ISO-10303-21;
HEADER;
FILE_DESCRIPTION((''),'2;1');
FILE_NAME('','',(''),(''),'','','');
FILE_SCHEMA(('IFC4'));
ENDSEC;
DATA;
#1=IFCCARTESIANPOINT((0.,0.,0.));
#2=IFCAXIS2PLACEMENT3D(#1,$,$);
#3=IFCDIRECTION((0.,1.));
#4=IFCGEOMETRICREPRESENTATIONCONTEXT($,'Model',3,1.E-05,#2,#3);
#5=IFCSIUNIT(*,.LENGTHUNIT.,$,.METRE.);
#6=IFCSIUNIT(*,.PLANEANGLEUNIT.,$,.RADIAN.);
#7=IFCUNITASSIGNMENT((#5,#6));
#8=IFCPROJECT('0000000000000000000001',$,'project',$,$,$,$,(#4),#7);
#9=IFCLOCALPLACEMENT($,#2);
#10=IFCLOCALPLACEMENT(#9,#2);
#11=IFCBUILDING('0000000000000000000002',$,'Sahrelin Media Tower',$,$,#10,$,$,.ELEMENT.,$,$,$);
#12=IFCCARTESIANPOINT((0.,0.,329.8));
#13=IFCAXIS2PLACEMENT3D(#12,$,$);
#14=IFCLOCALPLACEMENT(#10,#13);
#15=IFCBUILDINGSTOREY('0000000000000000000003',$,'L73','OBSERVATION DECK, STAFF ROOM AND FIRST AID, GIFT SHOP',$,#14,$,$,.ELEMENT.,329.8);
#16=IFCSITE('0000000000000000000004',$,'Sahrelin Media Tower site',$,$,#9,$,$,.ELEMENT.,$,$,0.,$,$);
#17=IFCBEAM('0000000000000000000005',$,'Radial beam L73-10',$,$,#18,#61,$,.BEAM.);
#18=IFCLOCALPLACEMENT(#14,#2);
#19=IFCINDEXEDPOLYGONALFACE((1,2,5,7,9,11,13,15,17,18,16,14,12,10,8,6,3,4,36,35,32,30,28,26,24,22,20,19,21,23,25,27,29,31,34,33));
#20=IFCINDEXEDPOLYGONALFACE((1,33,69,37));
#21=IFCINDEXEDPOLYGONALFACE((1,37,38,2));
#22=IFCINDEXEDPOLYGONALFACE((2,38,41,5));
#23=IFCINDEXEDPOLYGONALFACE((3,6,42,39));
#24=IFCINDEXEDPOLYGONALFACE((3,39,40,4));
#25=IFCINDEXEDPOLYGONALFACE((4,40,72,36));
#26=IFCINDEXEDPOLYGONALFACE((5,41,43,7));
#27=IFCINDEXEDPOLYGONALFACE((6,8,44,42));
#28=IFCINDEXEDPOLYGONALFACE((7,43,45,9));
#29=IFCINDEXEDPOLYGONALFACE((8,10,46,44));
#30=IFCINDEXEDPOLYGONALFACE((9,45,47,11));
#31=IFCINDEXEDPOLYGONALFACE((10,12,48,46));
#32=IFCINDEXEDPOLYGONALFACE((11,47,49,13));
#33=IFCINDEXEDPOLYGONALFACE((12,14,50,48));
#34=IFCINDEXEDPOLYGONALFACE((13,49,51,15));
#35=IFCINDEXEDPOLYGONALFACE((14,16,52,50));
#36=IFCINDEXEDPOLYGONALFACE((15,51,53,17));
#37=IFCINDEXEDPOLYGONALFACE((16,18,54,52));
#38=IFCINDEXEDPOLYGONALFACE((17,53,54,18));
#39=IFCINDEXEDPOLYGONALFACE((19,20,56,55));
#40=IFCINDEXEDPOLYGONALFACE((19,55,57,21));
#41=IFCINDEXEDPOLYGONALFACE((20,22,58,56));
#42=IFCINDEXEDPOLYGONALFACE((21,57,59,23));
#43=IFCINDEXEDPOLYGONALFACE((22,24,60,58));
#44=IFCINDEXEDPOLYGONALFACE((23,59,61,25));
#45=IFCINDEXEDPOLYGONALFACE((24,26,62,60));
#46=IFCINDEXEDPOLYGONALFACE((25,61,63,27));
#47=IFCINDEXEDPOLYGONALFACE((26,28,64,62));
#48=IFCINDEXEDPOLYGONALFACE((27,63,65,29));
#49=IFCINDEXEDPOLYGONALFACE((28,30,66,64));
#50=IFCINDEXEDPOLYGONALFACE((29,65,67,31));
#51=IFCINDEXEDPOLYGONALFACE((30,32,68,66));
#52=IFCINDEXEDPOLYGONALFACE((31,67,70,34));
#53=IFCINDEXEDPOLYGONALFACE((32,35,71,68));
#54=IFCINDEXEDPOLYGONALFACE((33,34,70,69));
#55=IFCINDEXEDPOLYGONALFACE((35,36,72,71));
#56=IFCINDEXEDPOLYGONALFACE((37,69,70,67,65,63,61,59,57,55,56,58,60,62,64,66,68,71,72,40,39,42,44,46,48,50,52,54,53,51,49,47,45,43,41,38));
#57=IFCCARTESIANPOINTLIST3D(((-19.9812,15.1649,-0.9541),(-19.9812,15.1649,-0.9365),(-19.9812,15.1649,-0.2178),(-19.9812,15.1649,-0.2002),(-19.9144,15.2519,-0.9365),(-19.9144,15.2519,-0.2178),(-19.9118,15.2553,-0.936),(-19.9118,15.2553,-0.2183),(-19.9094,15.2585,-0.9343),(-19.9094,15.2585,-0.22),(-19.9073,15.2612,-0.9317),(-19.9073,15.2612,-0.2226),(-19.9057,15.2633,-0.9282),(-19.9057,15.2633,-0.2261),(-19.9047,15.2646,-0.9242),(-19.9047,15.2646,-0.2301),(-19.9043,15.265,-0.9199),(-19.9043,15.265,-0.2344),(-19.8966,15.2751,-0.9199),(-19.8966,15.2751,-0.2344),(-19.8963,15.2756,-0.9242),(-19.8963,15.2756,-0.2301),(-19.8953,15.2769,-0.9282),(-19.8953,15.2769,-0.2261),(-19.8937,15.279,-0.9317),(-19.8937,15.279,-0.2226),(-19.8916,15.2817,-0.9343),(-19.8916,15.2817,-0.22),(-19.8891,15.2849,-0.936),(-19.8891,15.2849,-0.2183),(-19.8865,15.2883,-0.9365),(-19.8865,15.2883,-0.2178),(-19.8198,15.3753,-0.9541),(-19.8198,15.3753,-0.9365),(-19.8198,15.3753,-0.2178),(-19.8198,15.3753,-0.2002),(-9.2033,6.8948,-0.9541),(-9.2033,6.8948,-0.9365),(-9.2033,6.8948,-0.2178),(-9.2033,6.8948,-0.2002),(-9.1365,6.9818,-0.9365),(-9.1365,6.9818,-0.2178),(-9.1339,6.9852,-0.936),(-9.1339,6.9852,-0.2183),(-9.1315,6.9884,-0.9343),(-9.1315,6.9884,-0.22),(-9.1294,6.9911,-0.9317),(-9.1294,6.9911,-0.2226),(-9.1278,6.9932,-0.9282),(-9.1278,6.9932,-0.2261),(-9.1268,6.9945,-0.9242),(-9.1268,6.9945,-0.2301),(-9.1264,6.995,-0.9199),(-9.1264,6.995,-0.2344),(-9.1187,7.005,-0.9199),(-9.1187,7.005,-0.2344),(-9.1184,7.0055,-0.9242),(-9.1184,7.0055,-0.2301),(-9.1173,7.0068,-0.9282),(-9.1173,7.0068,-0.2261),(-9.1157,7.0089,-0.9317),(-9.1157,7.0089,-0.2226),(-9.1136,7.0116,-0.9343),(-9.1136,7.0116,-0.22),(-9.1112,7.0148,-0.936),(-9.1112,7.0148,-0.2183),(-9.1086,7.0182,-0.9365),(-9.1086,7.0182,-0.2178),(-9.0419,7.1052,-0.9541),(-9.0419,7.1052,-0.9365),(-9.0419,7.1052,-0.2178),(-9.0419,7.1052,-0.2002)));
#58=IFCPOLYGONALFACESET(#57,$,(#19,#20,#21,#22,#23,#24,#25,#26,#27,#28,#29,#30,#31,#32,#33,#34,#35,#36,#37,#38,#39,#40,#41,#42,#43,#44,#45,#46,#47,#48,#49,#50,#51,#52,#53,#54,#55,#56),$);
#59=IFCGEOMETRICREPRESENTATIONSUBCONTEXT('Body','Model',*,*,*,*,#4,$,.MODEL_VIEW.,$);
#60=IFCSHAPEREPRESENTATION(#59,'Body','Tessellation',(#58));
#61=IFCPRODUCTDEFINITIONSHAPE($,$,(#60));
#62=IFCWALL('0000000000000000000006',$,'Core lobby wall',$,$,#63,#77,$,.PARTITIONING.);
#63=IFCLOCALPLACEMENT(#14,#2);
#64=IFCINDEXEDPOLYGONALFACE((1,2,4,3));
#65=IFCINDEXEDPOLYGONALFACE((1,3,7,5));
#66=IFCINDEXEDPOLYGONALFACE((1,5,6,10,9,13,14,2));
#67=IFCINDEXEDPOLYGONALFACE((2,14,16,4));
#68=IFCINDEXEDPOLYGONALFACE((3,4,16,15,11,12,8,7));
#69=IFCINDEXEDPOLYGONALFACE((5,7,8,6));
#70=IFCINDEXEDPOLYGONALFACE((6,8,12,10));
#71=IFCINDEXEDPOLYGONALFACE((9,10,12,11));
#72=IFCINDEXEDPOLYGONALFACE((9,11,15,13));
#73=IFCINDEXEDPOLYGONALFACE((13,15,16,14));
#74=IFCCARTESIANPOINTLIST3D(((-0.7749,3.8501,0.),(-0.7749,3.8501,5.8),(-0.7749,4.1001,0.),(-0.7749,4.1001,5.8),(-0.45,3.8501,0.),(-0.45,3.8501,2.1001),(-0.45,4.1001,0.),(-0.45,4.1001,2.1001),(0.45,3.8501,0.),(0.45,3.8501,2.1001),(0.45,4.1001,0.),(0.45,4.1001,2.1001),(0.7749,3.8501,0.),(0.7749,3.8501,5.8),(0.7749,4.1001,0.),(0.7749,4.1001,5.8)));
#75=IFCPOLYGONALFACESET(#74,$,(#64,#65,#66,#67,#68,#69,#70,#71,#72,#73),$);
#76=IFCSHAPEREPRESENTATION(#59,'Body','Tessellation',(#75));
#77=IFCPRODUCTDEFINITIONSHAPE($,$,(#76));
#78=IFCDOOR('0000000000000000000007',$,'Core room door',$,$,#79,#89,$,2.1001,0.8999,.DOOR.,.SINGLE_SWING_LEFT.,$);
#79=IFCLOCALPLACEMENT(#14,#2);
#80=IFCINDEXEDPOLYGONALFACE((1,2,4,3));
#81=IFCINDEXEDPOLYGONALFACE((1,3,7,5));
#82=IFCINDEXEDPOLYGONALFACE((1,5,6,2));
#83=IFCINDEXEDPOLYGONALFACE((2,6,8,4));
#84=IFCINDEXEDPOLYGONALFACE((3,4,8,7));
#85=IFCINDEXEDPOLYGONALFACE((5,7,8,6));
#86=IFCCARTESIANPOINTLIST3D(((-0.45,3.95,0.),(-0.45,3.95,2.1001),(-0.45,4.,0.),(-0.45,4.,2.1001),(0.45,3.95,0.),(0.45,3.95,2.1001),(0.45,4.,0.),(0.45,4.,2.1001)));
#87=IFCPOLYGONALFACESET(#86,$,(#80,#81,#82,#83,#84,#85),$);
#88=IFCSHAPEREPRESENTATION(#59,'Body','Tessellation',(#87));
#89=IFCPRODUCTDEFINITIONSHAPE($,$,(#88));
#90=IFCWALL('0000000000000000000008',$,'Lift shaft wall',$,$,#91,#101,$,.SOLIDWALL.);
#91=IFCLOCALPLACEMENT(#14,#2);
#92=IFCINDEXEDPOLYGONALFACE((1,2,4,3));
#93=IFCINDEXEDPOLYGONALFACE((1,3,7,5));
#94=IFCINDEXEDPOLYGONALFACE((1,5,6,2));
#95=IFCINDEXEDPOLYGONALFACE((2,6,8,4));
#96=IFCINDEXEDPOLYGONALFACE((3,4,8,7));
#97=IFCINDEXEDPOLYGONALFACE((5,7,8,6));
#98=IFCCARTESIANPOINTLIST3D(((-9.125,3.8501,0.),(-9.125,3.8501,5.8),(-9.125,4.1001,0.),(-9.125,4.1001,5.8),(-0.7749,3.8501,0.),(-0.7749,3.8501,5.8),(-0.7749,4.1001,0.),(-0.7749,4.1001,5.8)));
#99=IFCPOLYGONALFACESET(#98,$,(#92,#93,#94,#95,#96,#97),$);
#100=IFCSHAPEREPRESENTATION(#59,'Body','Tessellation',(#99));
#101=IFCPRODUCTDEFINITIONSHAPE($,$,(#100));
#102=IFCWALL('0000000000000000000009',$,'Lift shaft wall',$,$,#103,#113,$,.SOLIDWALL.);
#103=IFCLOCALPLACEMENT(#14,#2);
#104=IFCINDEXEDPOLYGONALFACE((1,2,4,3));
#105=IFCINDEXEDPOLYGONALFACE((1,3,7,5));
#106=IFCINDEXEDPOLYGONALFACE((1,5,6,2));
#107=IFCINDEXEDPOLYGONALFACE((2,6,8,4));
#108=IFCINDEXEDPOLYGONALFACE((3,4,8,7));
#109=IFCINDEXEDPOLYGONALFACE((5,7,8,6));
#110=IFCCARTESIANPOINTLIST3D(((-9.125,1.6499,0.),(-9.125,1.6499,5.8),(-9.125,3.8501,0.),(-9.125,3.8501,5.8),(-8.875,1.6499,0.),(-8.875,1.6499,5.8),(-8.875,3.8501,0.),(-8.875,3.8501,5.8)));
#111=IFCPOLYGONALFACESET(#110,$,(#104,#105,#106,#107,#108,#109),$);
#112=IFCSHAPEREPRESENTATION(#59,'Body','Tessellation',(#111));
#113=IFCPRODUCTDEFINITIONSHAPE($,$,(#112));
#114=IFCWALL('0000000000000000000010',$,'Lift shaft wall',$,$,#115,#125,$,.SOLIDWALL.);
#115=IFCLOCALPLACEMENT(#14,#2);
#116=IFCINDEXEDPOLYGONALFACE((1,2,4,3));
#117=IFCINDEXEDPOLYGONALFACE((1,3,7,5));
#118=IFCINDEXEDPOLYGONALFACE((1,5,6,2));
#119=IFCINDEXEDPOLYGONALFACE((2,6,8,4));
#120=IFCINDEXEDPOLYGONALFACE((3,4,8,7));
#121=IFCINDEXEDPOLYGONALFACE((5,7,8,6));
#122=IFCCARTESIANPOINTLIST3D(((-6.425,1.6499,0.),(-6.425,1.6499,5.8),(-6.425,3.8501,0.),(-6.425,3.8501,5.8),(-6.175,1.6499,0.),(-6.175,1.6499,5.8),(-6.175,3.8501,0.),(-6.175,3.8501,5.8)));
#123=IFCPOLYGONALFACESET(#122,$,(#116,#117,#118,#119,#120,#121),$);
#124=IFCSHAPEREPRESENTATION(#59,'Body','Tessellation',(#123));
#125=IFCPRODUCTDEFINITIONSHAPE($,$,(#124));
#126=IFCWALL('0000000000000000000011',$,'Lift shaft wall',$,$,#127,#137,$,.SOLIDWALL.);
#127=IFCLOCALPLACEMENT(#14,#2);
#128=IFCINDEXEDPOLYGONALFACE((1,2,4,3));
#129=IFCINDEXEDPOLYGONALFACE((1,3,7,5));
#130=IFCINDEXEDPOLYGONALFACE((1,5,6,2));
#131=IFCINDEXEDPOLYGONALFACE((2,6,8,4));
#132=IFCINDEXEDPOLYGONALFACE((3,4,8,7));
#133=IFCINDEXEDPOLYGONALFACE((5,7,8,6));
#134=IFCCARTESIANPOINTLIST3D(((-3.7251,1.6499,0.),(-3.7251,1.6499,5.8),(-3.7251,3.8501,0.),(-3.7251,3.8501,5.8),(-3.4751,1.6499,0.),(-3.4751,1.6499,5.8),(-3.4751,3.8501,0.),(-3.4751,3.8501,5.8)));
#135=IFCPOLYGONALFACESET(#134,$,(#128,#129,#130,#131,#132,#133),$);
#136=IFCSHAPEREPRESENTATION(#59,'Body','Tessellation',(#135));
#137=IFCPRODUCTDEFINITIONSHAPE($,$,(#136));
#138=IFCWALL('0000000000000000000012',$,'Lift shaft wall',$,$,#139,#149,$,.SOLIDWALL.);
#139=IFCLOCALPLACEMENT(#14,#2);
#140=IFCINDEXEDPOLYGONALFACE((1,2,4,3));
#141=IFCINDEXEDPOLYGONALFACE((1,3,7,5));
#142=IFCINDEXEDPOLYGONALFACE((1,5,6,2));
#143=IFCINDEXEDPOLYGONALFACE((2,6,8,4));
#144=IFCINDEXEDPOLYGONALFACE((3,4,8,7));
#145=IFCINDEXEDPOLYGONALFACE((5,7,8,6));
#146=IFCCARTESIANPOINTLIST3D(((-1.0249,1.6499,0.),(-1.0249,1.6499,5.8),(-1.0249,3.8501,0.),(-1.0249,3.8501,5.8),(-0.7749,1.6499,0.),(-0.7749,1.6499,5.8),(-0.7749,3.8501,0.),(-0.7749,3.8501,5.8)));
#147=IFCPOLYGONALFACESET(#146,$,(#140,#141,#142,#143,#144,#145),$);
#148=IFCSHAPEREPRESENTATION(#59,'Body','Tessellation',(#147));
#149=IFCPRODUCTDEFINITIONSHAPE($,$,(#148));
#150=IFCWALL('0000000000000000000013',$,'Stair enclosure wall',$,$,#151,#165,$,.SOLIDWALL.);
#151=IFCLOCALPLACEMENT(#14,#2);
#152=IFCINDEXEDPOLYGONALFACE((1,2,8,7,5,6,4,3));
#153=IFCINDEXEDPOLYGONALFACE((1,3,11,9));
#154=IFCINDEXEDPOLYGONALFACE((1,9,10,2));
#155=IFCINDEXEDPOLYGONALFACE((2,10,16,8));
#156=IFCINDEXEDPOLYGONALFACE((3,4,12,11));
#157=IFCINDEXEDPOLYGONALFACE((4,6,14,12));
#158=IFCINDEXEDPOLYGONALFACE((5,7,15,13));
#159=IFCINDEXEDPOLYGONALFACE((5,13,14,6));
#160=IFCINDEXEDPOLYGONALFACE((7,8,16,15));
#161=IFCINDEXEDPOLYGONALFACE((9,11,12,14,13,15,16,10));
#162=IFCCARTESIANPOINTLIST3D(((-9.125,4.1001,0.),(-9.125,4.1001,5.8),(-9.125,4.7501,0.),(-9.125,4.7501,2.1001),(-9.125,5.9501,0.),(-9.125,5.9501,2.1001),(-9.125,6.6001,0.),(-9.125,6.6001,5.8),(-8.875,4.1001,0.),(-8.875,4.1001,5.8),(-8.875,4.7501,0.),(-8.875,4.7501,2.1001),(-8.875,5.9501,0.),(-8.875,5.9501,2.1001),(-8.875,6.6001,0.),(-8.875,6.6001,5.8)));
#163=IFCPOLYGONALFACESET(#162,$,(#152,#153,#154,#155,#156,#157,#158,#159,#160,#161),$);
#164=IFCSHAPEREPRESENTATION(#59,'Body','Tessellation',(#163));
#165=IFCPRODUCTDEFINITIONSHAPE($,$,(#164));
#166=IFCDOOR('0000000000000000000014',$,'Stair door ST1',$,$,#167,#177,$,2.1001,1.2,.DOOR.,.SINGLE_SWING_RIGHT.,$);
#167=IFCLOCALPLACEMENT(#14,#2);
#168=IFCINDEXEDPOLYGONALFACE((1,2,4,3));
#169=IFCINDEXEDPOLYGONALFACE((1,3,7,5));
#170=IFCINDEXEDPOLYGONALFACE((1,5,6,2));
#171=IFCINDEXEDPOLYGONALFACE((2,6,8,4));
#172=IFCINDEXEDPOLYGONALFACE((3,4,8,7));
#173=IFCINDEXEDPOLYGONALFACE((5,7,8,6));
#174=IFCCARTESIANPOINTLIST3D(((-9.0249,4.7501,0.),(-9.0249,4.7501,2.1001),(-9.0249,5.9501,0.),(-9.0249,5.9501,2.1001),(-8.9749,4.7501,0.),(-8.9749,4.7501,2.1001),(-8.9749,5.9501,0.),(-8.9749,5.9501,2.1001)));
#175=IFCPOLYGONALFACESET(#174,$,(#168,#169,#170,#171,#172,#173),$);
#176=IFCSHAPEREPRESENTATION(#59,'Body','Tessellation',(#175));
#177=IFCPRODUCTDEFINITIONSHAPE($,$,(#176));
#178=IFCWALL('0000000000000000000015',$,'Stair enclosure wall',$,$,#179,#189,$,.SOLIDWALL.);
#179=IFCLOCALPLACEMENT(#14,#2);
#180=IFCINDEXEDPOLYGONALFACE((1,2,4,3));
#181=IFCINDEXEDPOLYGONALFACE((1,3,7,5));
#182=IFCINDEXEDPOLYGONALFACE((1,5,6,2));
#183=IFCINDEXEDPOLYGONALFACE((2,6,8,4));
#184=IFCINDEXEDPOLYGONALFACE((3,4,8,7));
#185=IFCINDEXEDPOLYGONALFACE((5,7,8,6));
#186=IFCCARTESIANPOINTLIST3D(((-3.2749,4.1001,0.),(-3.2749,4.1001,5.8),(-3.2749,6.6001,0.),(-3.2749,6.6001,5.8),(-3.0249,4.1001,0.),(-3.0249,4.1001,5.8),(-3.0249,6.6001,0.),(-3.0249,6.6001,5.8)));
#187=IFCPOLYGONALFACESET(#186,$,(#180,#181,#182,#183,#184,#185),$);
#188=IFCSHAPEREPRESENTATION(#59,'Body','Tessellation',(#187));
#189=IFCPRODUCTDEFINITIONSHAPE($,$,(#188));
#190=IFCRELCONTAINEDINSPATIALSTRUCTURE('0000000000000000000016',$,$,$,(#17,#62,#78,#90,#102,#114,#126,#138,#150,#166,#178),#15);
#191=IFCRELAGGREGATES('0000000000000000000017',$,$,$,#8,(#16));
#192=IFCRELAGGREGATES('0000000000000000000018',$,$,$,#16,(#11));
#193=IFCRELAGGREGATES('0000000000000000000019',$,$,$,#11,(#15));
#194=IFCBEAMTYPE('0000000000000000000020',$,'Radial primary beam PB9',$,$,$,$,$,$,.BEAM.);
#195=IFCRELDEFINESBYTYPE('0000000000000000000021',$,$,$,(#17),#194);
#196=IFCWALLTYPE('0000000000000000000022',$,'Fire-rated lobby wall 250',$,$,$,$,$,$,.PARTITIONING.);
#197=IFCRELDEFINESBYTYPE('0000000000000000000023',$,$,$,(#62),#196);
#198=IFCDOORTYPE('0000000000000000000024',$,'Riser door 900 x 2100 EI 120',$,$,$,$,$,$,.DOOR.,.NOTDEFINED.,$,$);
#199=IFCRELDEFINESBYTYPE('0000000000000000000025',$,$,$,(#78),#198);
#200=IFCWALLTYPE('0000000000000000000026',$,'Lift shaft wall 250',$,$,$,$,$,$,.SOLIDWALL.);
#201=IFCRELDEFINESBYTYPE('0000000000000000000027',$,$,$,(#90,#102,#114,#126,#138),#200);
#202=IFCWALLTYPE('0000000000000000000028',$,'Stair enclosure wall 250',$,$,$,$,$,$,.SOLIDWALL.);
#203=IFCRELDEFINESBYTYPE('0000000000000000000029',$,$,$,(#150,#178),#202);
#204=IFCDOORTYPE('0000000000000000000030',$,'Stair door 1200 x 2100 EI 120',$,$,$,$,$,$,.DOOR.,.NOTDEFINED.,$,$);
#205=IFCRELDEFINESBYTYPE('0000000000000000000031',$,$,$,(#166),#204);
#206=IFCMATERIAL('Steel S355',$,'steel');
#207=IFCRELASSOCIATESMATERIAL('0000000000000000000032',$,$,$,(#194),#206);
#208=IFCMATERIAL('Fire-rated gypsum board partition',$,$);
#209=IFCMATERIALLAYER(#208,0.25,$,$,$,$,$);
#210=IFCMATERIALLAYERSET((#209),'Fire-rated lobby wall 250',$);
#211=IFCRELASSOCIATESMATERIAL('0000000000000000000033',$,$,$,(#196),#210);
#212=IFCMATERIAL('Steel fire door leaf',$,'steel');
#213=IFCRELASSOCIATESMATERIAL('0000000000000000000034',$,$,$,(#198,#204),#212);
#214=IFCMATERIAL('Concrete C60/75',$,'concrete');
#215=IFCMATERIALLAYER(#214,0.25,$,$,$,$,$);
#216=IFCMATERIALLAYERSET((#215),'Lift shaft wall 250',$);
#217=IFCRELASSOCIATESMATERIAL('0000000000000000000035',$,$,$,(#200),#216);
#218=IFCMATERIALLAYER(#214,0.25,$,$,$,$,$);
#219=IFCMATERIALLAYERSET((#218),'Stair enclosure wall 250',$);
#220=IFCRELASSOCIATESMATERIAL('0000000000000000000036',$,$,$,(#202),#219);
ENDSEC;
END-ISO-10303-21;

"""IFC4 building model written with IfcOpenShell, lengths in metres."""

from ifc_helpers import new_model, si_unit, direction, frame, frame_2d, origin, origin_2d, place, context, subcontext, project, spatial, rectangle, i_section, extrude, material, layer, layer_set, material_profile, profile_set, type_object, element, fill, save


model = new_model("IFC4")

# Units and contexts
model_context = context("Model", 3, precision=1e-05, world=origin(), true_north=direction((0.0, 1.0)))
body_context = subcontext(model_context, "Body", "Model", "MODEL_VIEW")
ifc_project = project(units=[si_unit("LENGTHUNIT", "METRE"), si_unit("PLANEANGLEUNIT", "RADIAN")], contexts=[model_context])

# Site, building, storey
site_placement = place(None, origin())
site = spatial("IfcSite", under=ifc_project, at=site_placement, Name="Sahrelin Media Tower site", CompositionType="ELEMENT", RefElevation=0.0)
building_placement = place(site_placement, origin())
building = spatial("IfcBuilding", under=site, at=building_placement, Name="Sahrelin Media Tower", CompositionType="ELEMENT")
storey_placement = place(building_placement, frame((0.0, 0.0, 329.8)))
storey = spatial("IfcBuildingStorey", under=building, at=storey_placement, Name="L73", Description="OBSERVATION DECK, STAFF ROOM AND FIRST AID, GIFT SHOP", CompositionType="ELEMENT", Elevation=329.8)

# Beam
ifc_material_1 = material(Name="Steel S355", Category="steel")
ifc_material_profile = material_profile(ifc_material_1, i_section(OverallWidth=0.2651, OverallDepth=0.7539, WebThickness=0.0127, FlangeThickness=0.0176, FilletRadius=0.0166, at=origin_2d()), Name="UB 762x267x147")
ifc_profile_set = profile_set([ifc_material_profile], Name="Steel S355")
beam_type = type_object("IfcBeamType", Name="Radial primary beam PB9", PredefinedType="BEAM", material=ifc_profile_set)
beam_placement = place(storey_placement, frame((-9.1226, 7.0, -0.5771), z_axis=(-0.793357, 0.608757, 0.0), x_axis=(-0.608757, -0.793357, 0.0)))
element("IfcBeam", 1, at=beam_placement, inside=storey, type_object=beam_type, Name="Radial beam L73-10", PredefinedType="BEAM", context=body_context, shape_type="SweptSolid", body=[
    extrude(i_section(OverallWidth=0.2651, OverallDepth=0.7539, WebThickness=0.0127, FlangeThickness=0.0176, FilletRadius=0.0166, at=origin_2d()), origin(), (0.0, 0.0, 1.0), 13.5852),
])

# Wall, opening, door
ifc_material_2 = material(Name="Fire-rated gypsum board partition")
ifc_layer_1 = layer(ifc_material_2, 0.25)
ifc_layer_set_1 = layer_set([ifc_layer_1], Name="Fire-rated lobby wall 250")
wall_type_1 = type_object("IfcWallType", Name="Fire-rated lobby wall 250", PredefinedType="PARTITIONING", material=ifc_layer_set_1)
wall_1_placement = place(storey_placement, frame((-0.7749, 3.9751, 0.0), z_axis=(0.0, 0.0, 1.0), x_axis=(1.0, 0.0, 0.0)))
wall_1 = element("IfcWall", 2, at=wall_1_placement, inside=storey, type_object=wall_type_1, Name="Core lobby wall", PredefinedType="PARTITIONING", context=body_context, shape_type="SweptSolid", body=[
    extrude(rectangle(XDim=1.5498, YDim=0.25, at=frame_2d((0.7749, 0.0))), origin(), (0.0, 0.0, 1.0), 5.8),
])
opening_1_placement = place(wall_1_placement, frame((0.325, 0.0, 0.0)))
opening_1 = element("IfcOpeningElement", 3, at=opening_1_placement, cuts=wall_1, PredefinedType="OPENING", context=body_context, shape_type="SweptSolid", body=[
    extrude(rectangle(XDim=0.8999, YDim=2.1001, at=frame_2d((0.45, 1.05))), frame((0.0, 0.125, 0.0), z_axis=(0.0, -1.0, 0.0), x_axis=(1.0, 0.0, 0.0)), (0.0, 0.0, 1.0), 0.25),
])
ifc_material_3 = material(Name="Steel fire door leaf", Category="steel")
door_type_1 = type_object("IfcDoorType", Name="Riser door 900 x 2100 EI 120", OperationType="NOTDEFINED", PredefinedType="DOOR", material=ifc_material_3)
door_1_placement = place(opening_1_placement, origin())
door_1 = element("IfcDoor", 4, at=door_1_placement, inside=storey, type_object=door_type_1, Name="Core room door", OperationType="SINGLE_SWING_LEFT", OverallHeight=2.1001, OverallWidth=0.8999, PredefinedType="DOOR", context=body_context, shape_type="SweptSolid", body=[
    extrude(rectangle(XDim=0.8999, YDim=2.1001, at=frame_2d((0.45, 1.05))), frame((0.0, 0.0249, 0.0), z_axis=(0.0, -1.0, 0.0), x_axis=(1.0, 0.0, 0.0)), (0.0, 0.0, 1.0), 0.05),
])
fill(opening_1, door_1)

# Walls
ifc_material_4 = material(Name="Concrete C60/75", Category="concrete")
ifc_layer_2 = layer(ifc_material_4, 0.25)
ifc_layer_set_2 = layer_set([ifc_layer_2], Name="Lift shaft wall 250")
wall_type_2 = type_object("IfcWallType", Name="Lift shaft wall 250", PredefinedType="SOLIDWALL", material=ifc_layer_set_2)
wall_2_placement = place(storey_placement, frame((-9.125, 3.9751, 0.0), z_axis=(0.0, 0.0, 1.0), x_axis=(1.0, 0.0, 0.0)))
element("IfcWall", 5, at=wall_2_placement, inside=storey, type_object=wall_type_2, Name="Lift shaft wall", PredefinedType="SOLIDWALL", context=body_context, shape_type="SweptSolid", body=[
    extrude(rectangle(XDim=8.3501, YDim=0.25, at=frame_2d((4.175, 0.0))), origin(), (0.0, 0.0, 1.0), 5.8),
])
for number, where, z_axis, x_axis, name in (
    (6, (-9.0, 1.6499, 0.0), (0.0, 0.0, 1.0), (0.0, 1.0, 0.0), "Lift shaft wall"),
    (7, (-6.3, 1.6499, 0.0), (0.0, 0.0, 1.0), (0.0, 1.0, 0.0), "Lift shaft wall"),
    (8, (-3.6001, 1.6499, 0.0), (0.0, 0.0, 1.0), (0.0, 1.0, 0.0), "Lift shaft wall"),
    (9, (-0.8999, 1.6499, 0.0), (0.0, 0.0, 1.0), (0.0, 1.0, 0.0), "Lift shaft wall"),
):
    element("IfcWall", number, at=place(storey_placement, frame(where, z_axis=z_axis, x_axis=x_axis)), inside=storey, type_object=wall_type_2, Name=name, PredefinedType="SOLIDWALL", context=body_context, shape_type="SweptSolid", body=[
        extrude(rectangle(XDim=2.2002, YDim=0.25, at=frame_2d((1.1001, 0.0))), origin(), (0.0, 0.0, 1.0), 5.8),
    ])

# Wall, opening, door
ifc_layer_3 = layer(ifc_material_4, 0.25)
ifc_layer_set_3 = layer_set([ifc_layer_3], Name="Stair enclosure wall 250")
wall_type_3 = type_object("IfcWallType", Name="Stair enclosure wall 250", PredefinedType="SOLIDWALL", material=ifc_layer_set_3)
wall_3_placement = place(storey_placement, frame((-9.0, 4.1001, 0.0), z_axis=(0.0, 0.0, 1.0), x_axis=(0.0, 1.0, 0.0)))
wall_3 = element("IfcWall", 10, at=wall_3_placement, inside=storey, type_object=wall_type_3, Name="Stair enclosure wall", PredefinedType="SOLIDWALL", context=body_context, shape_type="SweptSolid", body=[
    extrude(rectangle(XDim=2.5, YDim=0.25, at=frame_2d((1.25, 0.0))), origin(), (0.0, 0.0, 1.0), 5.8),
])
opening_2_placement = place(wall_3_placement, frame((0.6499, 0.0, 0.0)))
opening_2 = element("IfcOpeningElement", 11, at=opening_2_placement, cuts=wall_3, PredefinedType="OPENING", context=body_context, shape_type="SweptSolid", body=[
    extrude(rectangle(XDim=1.2, YDim=2.1001, at=frame_2d((0.6001, 1.05))), frame((0.0, 0.125, 0.0), z_axis=(0.0, -1.0, 0.0), x_axis=(1.0, 0.0, 0.0)), (0.0, 0.0, 1.0), 0.25),
])
door_type_2 = type_object("IfcDoorType", Name="Stair door 1200 x 2100 EI 120", OperationType="NOTDEFINED", PredefinedType="DOOR", material=ifc_material_3)
door_2_placement = place(opening_2_placement, origin())
door_2 = element("IfcDoor", 12, at=door_2_placement, inside=storey, type_object=door_type_2, Name="Stair door ST1", OperationType="SINGLE_SWING_RIGHT", OverallHeight=2.1001, OverallWidth=1.2, PredefinedType="DOOR", context=body_context, shape_type="SweptSolid", body=[
    extrude(rectangle(XDim=1.2, YDim=2.1001, at=frame_2d((0.6001, 1.05))), frame((0.0, 0.0249, 0.0), z_axis=(0.0, -1.0, 0.0), x_axis=(1.0, 0.0, 0.0)), (0.0, 0.0, 1.0), 0.05),
])
fill(opening_2, door_2)

# Wall
wall_4_placement = place(storey_placement, frame((-3.1499, 4.1001, 0.0), z_axis=(0.0, 0.0, 1.0), x_axis=(0.0, 1.0, 0.0)))
element("IfcWall", 13, at=wall_4_placement, inside=storey, type_object=wall_type_3, Name="Stair enclosure wall", PredefinedType="SOLIDWALL", context=body_context, shape_type="SweptSolid", body=[
    extrude(rectangle(XDim=2.5, YDim=0.25, at=frame_2d((1.25, 0.0))), origin(), (0.0, 0.0, 1.0), 5.8),
])

save(model, "model.ifc")
